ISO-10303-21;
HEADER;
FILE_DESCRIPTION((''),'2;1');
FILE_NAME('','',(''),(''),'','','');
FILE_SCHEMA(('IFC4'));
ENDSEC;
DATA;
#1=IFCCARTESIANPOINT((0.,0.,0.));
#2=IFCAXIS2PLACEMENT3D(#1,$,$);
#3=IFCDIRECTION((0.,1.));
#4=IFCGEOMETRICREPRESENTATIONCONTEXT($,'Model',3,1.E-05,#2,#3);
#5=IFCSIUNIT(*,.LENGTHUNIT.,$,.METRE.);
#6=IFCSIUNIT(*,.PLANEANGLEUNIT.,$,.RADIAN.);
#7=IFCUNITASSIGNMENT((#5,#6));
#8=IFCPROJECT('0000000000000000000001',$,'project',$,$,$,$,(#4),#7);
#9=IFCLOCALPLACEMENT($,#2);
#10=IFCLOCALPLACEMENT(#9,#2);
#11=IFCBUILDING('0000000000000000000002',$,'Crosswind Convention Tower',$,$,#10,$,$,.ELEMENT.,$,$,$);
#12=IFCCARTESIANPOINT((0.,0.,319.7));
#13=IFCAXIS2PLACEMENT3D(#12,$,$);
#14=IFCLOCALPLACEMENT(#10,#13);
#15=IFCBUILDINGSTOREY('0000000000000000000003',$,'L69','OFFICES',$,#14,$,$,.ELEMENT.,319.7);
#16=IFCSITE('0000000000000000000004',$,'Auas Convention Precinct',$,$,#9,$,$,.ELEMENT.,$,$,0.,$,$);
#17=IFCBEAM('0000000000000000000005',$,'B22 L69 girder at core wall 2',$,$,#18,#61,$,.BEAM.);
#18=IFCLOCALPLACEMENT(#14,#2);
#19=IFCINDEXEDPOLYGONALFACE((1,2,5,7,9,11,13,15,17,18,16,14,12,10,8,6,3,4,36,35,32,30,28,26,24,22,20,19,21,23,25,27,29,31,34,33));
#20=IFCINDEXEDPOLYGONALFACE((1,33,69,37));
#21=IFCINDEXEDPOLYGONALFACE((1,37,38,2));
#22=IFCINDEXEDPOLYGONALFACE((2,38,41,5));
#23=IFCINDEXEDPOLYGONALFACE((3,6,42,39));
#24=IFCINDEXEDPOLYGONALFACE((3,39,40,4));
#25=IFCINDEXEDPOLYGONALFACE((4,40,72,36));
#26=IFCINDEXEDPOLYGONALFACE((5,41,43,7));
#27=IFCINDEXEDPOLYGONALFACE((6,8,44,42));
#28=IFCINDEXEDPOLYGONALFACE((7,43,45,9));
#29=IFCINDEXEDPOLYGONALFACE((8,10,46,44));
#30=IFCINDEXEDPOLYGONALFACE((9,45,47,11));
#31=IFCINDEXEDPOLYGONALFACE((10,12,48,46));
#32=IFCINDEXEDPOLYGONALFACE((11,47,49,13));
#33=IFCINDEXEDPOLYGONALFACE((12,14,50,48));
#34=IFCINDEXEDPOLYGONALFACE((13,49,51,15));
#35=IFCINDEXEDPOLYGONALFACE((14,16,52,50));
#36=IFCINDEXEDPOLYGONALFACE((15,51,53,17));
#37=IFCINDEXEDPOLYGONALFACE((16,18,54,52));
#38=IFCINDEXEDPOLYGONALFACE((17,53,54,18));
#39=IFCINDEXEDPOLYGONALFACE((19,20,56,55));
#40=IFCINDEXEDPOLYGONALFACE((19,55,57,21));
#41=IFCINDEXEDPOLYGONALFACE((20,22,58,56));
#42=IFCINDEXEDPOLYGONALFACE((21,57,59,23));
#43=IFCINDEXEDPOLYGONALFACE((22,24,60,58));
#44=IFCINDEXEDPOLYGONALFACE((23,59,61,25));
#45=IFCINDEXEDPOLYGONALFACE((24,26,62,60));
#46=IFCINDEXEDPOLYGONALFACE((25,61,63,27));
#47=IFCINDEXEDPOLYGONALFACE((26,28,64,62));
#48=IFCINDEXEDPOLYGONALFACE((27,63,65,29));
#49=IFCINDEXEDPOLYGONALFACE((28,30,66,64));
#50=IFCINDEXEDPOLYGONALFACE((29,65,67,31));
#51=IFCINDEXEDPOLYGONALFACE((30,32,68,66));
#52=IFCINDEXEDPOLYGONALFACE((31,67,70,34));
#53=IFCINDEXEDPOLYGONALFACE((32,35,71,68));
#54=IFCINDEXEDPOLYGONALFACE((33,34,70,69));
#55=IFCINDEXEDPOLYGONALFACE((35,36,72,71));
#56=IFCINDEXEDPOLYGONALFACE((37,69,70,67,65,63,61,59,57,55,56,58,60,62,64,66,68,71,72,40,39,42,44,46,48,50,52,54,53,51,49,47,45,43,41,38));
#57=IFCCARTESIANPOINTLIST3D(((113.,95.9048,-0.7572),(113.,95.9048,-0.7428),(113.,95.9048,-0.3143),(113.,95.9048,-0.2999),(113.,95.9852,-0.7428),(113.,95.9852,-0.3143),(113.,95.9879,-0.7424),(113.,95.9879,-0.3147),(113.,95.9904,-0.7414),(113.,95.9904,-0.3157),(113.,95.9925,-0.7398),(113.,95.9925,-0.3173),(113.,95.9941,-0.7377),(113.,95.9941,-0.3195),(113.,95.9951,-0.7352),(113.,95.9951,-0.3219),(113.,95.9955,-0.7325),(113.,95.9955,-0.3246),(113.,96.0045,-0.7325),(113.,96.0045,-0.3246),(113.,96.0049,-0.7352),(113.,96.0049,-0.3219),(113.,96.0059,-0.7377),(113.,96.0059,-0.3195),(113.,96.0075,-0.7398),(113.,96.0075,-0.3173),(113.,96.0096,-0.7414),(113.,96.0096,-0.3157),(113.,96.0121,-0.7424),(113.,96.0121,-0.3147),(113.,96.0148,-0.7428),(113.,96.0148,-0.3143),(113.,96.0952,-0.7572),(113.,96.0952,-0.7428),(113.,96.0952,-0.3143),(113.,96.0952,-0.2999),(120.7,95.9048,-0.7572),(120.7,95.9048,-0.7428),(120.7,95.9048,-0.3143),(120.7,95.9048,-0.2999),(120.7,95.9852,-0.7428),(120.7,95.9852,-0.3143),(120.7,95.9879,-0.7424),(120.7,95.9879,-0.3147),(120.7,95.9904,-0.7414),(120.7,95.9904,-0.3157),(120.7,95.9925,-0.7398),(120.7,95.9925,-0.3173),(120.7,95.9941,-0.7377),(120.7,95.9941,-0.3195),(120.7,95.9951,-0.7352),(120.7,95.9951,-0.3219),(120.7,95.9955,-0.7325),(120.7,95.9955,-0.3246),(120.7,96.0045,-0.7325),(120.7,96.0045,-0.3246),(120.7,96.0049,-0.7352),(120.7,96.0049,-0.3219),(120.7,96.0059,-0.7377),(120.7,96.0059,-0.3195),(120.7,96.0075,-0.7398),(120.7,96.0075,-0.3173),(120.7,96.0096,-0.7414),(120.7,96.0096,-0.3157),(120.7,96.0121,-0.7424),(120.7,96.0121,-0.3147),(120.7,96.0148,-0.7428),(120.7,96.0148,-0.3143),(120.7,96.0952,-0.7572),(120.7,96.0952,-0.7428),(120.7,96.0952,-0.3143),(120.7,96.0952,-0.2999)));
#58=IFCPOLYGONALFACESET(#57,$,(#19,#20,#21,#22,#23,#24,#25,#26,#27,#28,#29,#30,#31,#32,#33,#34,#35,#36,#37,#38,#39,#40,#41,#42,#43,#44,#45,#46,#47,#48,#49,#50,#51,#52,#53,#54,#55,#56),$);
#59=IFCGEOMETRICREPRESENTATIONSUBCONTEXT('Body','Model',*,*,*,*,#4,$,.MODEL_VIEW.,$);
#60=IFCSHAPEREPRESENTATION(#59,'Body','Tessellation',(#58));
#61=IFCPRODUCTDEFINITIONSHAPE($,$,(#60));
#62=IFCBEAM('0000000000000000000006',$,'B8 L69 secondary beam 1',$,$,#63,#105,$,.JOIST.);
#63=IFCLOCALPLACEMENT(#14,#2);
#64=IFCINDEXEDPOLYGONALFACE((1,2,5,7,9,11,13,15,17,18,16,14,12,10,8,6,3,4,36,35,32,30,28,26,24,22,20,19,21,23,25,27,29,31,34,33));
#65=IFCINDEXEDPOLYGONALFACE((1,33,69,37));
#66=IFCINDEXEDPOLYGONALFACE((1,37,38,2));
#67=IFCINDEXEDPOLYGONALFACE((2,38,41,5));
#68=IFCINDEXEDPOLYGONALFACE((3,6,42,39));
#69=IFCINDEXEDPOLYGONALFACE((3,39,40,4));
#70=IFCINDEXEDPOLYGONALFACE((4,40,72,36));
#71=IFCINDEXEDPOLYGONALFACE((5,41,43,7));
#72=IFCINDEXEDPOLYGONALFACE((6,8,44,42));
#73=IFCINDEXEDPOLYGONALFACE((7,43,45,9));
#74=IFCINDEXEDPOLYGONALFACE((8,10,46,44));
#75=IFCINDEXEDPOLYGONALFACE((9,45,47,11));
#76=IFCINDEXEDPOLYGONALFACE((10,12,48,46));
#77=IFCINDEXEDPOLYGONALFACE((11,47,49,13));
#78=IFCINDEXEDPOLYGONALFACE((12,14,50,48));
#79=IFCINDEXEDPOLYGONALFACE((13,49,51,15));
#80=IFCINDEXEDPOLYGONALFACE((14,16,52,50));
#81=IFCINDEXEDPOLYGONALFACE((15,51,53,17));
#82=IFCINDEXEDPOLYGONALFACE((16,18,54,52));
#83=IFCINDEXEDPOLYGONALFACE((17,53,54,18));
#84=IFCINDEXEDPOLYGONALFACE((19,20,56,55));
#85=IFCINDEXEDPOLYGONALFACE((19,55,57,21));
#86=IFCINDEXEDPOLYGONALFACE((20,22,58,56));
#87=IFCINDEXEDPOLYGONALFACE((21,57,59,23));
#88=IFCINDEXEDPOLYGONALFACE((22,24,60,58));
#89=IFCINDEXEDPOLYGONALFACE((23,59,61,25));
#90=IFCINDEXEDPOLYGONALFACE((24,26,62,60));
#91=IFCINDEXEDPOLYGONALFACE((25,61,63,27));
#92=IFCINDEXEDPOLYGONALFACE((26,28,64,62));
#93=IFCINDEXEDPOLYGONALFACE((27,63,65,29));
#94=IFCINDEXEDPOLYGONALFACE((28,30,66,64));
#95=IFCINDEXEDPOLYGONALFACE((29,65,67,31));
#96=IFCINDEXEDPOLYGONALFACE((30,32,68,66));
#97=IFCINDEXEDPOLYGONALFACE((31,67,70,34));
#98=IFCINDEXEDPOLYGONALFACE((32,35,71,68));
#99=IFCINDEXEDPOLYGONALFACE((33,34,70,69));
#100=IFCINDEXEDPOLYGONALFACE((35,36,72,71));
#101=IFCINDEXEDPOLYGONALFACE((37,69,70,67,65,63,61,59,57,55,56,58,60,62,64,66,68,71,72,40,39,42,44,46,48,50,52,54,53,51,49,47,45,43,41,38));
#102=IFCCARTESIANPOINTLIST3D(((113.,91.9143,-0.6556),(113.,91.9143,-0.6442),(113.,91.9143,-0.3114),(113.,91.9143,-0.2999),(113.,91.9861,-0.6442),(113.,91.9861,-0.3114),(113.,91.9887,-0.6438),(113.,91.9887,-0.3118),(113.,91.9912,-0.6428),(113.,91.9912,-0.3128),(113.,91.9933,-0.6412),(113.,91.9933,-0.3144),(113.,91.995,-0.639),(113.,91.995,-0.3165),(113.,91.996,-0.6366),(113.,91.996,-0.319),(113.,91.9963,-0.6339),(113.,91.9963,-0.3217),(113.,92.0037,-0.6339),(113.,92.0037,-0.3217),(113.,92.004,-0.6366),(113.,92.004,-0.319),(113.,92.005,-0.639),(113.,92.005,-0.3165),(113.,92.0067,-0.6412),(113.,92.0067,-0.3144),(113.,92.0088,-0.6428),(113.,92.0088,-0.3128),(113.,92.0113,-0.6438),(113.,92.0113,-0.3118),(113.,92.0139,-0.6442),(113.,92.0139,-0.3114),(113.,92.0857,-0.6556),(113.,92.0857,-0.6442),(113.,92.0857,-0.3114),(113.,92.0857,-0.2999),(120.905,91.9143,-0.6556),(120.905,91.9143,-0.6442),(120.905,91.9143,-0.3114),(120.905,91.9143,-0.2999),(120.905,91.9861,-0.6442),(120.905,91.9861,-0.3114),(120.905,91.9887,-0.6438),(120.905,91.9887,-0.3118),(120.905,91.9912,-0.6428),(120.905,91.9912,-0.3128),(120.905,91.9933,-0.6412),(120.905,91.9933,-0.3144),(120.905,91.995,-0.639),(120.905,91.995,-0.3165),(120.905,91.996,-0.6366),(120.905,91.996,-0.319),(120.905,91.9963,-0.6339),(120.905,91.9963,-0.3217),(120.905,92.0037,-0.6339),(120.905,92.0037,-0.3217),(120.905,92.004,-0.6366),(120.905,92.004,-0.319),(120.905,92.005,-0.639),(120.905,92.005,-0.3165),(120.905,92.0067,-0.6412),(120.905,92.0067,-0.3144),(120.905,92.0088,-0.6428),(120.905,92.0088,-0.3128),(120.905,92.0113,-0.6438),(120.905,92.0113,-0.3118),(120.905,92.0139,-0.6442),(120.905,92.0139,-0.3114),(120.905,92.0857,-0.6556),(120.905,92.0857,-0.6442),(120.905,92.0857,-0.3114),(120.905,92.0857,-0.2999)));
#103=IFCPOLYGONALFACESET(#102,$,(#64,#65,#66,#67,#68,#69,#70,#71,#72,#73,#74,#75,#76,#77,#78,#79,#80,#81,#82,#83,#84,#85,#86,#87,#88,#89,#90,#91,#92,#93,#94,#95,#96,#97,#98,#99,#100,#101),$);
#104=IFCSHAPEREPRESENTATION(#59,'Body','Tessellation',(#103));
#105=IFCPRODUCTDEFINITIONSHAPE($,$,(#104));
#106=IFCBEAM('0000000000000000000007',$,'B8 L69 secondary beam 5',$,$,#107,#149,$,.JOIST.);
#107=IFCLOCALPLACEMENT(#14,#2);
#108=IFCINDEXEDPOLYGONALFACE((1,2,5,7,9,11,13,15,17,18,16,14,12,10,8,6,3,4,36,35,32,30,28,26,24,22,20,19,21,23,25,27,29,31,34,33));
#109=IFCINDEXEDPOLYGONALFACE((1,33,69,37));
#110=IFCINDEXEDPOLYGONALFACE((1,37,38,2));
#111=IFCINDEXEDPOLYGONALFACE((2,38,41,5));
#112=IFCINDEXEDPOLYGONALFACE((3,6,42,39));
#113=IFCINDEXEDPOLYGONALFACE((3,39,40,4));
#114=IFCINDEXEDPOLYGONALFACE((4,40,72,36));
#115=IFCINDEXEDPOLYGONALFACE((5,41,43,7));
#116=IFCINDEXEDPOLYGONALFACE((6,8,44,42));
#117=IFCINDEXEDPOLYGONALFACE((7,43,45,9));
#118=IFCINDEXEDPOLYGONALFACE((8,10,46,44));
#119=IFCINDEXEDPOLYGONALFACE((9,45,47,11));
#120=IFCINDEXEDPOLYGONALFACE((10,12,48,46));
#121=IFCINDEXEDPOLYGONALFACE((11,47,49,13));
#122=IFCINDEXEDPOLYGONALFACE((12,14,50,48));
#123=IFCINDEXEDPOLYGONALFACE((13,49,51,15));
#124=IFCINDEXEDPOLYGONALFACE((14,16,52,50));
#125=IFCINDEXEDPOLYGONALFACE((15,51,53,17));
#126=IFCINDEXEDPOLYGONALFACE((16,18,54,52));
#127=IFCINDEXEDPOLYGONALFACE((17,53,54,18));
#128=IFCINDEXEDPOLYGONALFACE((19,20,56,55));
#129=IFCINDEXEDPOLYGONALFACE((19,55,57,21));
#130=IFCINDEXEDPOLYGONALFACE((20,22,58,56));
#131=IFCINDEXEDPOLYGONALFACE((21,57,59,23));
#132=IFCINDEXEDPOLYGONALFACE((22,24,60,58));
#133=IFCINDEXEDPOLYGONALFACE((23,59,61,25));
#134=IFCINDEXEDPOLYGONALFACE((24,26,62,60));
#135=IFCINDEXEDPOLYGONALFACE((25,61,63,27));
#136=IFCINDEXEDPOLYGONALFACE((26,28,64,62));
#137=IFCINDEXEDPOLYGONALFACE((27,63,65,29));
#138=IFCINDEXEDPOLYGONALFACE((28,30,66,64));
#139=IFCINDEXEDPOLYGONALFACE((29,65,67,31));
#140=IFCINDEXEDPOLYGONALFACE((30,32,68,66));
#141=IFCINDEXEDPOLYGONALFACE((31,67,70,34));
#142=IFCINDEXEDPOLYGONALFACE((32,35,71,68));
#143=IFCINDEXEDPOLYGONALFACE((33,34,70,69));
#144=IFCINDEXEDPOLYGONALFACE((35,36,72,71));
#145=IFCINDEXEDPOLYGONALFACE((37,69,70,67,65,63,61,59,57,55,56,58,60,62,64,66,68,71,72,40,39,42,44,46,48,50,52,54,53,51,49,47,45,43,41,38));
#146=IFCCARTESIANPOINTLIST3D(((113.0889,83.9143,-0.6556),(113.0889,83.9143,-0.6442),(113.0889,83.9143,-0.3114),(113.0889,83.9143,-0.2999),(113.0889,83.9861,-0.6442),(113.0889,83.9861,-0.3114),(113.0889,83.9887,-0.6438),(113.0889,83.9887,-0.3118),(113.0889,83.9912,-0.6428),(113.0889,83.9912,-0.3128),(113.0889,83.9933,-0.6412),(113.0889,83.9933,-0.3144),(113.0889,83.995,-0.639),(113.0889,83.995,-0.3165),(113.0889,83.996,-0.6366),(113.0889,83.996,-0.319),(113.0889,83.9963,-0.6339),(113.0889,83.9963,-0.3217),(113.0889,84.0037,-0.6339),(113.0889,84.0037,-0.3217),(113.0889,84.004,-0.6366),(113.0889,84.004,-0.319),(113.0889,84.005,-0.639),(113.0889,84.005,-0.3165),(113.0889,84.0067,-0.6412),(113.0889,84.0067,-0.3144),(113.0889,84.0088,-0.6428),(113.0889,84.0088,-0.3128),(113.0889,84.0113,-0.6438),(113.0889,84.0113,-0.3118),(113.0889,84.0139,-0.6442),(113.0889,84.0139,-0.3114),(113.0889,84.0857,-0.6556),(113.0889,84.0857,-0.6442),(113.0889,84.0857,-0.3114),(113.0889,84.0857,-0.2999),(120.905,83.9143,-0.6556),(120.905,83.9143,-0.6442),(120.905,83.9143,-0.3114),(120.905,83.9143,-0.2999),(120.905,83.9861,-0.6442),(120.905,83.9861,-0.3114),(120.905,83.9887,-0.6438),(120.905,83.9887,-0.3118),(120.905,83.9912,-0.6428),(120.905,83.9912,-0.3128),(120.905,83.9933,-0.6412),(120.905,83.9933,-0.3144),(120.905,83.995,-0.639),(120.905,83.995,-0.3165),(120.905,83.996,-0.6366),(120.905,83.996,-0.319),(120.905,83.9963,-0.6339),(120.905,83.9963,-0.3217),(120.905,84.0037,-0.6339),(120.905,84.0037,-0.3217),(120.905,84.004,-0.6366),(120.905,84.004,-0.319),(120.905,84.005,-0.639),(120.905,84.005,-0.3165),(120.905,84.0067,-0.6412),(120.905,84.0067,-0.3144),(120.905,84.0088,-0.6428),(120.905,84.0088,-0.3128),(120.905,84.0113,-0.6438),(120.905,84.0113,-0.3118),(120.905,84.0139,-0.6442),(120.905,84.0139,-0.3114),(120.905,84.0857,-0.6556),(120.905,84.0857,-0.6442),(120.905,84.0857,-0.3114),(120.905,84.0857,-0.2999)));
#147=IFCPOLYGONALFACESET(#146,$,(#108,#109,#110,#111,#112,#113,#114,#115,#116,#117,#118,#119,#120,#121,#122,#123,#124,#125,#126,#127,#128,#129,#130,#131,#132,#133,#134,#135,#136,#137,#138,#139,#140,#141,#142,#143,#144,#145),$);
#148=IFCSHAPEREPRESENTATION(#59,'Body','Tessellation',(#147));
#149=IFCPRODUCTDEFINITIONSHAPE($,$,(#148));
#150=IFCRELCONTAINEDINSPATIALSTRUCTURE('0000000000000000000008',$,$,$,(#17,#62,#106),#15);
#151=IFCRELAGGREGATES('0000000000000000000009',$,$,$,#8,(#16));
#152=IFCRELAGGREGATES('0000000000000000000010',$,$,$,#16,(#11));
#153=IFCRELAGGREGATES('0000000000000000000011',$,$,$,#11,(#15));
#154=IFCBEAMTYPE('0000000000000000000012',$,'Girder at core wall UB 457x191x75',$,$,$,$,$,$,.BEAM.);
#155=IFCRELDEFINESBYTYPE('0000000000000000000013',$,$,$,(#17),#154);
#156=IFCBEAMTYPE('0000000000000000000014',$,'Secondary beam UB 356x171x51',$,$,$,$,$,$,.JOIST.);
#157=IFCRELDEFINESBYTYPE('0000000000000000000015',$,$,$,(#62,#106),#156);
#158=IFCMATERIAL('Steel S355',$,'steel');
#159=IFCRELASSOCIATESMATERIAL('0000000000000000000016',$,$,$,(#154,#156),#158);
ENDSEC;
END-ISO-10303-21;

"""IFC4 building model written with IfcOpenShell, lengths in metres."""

from ifc_helpers import new_model, si_unit, direction, frame, origin, origin_2d, place, context, subcontext, project, spatial, i_section, extrude, material, material_profile, profile_set, type_object, element, save


model = new_model("IFC4")

# Units and contexts
model_context = context("Model", 3, precision=1e-05, world=origin(), true_north=direction((0.0, 1.0)))
body_context = subcontext(model_context, "Body", "Model", "MODEL_VIEW")
ifc_project = project(units=[si_unit("LENGTHUNIT", "METRE"), si_unit("PLANEANGLEUNIT", "RADIAN")], contexts=[model_context])

# Site, building, storey
site_placement = place(None, origin())
site = spatial("IfcSite", under=ifc_project, at=site_placement, Name="Auas Convention Precinct", CompositionType="ELEMENT", RefElevation=0.0)
building_placement = place(site_placement, origin())
building = spatial("IfcBuilding", under=site, at=building_placement, Name="Crosswind Convention Tower", CompositionType="ELEMENT")
storey_placement = place(building_placement, frame((0.0, 0.0, 319.7)))
storey = spatial("IfcBuildingStorey", under=building, at=storey_placement, Name="L69", Description="OFFICES", CompositionType="ELEMENT", Elevation=319.7)

# Beams
ifc_material_1 = material(Name="Steel S355", Category="steel")
ifc_material_profile_1 = material_profile(ifc_material_1, i_section(OverallWidth=0.1904, OverallDepth=0.4573, WebThickness=0.009, FlangeThickness=0.0144, FilletRadius=0.0103, at=origin_2d()), Name="UB 457x191x75")
ifc_profile_set_1 = profile_set([ifc_material_profile_1], Name="Steel S355")
beam_type_1 = type_object("IfcBeamType", Name="Girder at core wall UB 457x191x75", PredefinedType="BEAM", material=ifc_profile_set_1)
for number, where, z_axis, x_axis, name in (
    (1, (113.0, 96.0, -0.5286), (1.0, 0.0, 0.0), (0.0, 1.0, 0.0), "B22 L69 girder at core wall 2"),
):
    element("IfcBeam", number, at=place(storey_placement, frame(where, z_axis=z_axis, x_axis=x_axis)), inside=storey, type_object=beam_type_1, Name=name, PredefinedType="BEAM", context=body_context, shape_type="SweptSolid", body=[
        extrude(i_section(OverallWidth=0.1904, OverallDepth=0.4573, WebThickness=0.009, FlangeThickness=0.0144, FilletRadius=0.0103, at=origin_2d()), origin(), (0.0, 0.0, 1.0), 7.7),
    ])
ifc_material_profile_2 = material_profile(ifc_material_1, i_section(OverallWidth=0.1714, OverallDepth=0.3557, WebThickness=0.0073, FlangeThickness=0.0115, FilletRadius=0.0103, at=origin_2d()), Name="UB 356x171x51")
ifc_profile_set_2 = profile_set([ifc_material_profile_2], Name="Steel S355")
beam_type_2 = type_object("IfcBeamType", Name="Secondary beam UB 356x171x51", PredefinedType="JOIST", material=ifc_profile_set_2)
beam_1_placement = place(storey_placement, frame((113.0, 92.0, -0.4778), z_axis=(1.0, 0.0, 0.0), x_axis=(0.0, 1.0, 0.0)))
element("IfcBeam", 2, at=beam_1_placement, inside=storey, type_object=beam_type_2, Name="B8 L69 secondary beam 1", PredefinedType="JOIST", context=body_context, shape_type="SweptSolid", body=[
    extrude(i_section(OverallWidth=0.1714, OverallDepth=0.3557, WebThickness=0.0073, FlangeThickness=0.0115, FilletRadius=0.0103, at=origin_2d()), origin(), (0.0, 0.0, 1.0), 7.905),
])
beam_2_placement = place(storey_placement, frame((113.0889, 84.0, -0.4778), z_axis=(1.0, 0.0, 0.0), x_axis=(0.0, 1.0, 0.0)))
element("IfcBeam", 3, at=beam_2_placement, inside=storey, type_object=beam_type_2, Name="B8 L69 secondary beam 5", PredefinedType="JOIST", context=body_context, shape_type="SweptSolid", body=[
    extrude(i_section(OverallWidth=0.1714, OverallDepth=0.3557, WebThickness=0.0073, FlangeThickness=0.0115, FilletRadius=0.0103, at=origin_2d()), origin(), (0.0, 0.0, 1.0), 7.8162),
])

save(model, "model.ifc")
